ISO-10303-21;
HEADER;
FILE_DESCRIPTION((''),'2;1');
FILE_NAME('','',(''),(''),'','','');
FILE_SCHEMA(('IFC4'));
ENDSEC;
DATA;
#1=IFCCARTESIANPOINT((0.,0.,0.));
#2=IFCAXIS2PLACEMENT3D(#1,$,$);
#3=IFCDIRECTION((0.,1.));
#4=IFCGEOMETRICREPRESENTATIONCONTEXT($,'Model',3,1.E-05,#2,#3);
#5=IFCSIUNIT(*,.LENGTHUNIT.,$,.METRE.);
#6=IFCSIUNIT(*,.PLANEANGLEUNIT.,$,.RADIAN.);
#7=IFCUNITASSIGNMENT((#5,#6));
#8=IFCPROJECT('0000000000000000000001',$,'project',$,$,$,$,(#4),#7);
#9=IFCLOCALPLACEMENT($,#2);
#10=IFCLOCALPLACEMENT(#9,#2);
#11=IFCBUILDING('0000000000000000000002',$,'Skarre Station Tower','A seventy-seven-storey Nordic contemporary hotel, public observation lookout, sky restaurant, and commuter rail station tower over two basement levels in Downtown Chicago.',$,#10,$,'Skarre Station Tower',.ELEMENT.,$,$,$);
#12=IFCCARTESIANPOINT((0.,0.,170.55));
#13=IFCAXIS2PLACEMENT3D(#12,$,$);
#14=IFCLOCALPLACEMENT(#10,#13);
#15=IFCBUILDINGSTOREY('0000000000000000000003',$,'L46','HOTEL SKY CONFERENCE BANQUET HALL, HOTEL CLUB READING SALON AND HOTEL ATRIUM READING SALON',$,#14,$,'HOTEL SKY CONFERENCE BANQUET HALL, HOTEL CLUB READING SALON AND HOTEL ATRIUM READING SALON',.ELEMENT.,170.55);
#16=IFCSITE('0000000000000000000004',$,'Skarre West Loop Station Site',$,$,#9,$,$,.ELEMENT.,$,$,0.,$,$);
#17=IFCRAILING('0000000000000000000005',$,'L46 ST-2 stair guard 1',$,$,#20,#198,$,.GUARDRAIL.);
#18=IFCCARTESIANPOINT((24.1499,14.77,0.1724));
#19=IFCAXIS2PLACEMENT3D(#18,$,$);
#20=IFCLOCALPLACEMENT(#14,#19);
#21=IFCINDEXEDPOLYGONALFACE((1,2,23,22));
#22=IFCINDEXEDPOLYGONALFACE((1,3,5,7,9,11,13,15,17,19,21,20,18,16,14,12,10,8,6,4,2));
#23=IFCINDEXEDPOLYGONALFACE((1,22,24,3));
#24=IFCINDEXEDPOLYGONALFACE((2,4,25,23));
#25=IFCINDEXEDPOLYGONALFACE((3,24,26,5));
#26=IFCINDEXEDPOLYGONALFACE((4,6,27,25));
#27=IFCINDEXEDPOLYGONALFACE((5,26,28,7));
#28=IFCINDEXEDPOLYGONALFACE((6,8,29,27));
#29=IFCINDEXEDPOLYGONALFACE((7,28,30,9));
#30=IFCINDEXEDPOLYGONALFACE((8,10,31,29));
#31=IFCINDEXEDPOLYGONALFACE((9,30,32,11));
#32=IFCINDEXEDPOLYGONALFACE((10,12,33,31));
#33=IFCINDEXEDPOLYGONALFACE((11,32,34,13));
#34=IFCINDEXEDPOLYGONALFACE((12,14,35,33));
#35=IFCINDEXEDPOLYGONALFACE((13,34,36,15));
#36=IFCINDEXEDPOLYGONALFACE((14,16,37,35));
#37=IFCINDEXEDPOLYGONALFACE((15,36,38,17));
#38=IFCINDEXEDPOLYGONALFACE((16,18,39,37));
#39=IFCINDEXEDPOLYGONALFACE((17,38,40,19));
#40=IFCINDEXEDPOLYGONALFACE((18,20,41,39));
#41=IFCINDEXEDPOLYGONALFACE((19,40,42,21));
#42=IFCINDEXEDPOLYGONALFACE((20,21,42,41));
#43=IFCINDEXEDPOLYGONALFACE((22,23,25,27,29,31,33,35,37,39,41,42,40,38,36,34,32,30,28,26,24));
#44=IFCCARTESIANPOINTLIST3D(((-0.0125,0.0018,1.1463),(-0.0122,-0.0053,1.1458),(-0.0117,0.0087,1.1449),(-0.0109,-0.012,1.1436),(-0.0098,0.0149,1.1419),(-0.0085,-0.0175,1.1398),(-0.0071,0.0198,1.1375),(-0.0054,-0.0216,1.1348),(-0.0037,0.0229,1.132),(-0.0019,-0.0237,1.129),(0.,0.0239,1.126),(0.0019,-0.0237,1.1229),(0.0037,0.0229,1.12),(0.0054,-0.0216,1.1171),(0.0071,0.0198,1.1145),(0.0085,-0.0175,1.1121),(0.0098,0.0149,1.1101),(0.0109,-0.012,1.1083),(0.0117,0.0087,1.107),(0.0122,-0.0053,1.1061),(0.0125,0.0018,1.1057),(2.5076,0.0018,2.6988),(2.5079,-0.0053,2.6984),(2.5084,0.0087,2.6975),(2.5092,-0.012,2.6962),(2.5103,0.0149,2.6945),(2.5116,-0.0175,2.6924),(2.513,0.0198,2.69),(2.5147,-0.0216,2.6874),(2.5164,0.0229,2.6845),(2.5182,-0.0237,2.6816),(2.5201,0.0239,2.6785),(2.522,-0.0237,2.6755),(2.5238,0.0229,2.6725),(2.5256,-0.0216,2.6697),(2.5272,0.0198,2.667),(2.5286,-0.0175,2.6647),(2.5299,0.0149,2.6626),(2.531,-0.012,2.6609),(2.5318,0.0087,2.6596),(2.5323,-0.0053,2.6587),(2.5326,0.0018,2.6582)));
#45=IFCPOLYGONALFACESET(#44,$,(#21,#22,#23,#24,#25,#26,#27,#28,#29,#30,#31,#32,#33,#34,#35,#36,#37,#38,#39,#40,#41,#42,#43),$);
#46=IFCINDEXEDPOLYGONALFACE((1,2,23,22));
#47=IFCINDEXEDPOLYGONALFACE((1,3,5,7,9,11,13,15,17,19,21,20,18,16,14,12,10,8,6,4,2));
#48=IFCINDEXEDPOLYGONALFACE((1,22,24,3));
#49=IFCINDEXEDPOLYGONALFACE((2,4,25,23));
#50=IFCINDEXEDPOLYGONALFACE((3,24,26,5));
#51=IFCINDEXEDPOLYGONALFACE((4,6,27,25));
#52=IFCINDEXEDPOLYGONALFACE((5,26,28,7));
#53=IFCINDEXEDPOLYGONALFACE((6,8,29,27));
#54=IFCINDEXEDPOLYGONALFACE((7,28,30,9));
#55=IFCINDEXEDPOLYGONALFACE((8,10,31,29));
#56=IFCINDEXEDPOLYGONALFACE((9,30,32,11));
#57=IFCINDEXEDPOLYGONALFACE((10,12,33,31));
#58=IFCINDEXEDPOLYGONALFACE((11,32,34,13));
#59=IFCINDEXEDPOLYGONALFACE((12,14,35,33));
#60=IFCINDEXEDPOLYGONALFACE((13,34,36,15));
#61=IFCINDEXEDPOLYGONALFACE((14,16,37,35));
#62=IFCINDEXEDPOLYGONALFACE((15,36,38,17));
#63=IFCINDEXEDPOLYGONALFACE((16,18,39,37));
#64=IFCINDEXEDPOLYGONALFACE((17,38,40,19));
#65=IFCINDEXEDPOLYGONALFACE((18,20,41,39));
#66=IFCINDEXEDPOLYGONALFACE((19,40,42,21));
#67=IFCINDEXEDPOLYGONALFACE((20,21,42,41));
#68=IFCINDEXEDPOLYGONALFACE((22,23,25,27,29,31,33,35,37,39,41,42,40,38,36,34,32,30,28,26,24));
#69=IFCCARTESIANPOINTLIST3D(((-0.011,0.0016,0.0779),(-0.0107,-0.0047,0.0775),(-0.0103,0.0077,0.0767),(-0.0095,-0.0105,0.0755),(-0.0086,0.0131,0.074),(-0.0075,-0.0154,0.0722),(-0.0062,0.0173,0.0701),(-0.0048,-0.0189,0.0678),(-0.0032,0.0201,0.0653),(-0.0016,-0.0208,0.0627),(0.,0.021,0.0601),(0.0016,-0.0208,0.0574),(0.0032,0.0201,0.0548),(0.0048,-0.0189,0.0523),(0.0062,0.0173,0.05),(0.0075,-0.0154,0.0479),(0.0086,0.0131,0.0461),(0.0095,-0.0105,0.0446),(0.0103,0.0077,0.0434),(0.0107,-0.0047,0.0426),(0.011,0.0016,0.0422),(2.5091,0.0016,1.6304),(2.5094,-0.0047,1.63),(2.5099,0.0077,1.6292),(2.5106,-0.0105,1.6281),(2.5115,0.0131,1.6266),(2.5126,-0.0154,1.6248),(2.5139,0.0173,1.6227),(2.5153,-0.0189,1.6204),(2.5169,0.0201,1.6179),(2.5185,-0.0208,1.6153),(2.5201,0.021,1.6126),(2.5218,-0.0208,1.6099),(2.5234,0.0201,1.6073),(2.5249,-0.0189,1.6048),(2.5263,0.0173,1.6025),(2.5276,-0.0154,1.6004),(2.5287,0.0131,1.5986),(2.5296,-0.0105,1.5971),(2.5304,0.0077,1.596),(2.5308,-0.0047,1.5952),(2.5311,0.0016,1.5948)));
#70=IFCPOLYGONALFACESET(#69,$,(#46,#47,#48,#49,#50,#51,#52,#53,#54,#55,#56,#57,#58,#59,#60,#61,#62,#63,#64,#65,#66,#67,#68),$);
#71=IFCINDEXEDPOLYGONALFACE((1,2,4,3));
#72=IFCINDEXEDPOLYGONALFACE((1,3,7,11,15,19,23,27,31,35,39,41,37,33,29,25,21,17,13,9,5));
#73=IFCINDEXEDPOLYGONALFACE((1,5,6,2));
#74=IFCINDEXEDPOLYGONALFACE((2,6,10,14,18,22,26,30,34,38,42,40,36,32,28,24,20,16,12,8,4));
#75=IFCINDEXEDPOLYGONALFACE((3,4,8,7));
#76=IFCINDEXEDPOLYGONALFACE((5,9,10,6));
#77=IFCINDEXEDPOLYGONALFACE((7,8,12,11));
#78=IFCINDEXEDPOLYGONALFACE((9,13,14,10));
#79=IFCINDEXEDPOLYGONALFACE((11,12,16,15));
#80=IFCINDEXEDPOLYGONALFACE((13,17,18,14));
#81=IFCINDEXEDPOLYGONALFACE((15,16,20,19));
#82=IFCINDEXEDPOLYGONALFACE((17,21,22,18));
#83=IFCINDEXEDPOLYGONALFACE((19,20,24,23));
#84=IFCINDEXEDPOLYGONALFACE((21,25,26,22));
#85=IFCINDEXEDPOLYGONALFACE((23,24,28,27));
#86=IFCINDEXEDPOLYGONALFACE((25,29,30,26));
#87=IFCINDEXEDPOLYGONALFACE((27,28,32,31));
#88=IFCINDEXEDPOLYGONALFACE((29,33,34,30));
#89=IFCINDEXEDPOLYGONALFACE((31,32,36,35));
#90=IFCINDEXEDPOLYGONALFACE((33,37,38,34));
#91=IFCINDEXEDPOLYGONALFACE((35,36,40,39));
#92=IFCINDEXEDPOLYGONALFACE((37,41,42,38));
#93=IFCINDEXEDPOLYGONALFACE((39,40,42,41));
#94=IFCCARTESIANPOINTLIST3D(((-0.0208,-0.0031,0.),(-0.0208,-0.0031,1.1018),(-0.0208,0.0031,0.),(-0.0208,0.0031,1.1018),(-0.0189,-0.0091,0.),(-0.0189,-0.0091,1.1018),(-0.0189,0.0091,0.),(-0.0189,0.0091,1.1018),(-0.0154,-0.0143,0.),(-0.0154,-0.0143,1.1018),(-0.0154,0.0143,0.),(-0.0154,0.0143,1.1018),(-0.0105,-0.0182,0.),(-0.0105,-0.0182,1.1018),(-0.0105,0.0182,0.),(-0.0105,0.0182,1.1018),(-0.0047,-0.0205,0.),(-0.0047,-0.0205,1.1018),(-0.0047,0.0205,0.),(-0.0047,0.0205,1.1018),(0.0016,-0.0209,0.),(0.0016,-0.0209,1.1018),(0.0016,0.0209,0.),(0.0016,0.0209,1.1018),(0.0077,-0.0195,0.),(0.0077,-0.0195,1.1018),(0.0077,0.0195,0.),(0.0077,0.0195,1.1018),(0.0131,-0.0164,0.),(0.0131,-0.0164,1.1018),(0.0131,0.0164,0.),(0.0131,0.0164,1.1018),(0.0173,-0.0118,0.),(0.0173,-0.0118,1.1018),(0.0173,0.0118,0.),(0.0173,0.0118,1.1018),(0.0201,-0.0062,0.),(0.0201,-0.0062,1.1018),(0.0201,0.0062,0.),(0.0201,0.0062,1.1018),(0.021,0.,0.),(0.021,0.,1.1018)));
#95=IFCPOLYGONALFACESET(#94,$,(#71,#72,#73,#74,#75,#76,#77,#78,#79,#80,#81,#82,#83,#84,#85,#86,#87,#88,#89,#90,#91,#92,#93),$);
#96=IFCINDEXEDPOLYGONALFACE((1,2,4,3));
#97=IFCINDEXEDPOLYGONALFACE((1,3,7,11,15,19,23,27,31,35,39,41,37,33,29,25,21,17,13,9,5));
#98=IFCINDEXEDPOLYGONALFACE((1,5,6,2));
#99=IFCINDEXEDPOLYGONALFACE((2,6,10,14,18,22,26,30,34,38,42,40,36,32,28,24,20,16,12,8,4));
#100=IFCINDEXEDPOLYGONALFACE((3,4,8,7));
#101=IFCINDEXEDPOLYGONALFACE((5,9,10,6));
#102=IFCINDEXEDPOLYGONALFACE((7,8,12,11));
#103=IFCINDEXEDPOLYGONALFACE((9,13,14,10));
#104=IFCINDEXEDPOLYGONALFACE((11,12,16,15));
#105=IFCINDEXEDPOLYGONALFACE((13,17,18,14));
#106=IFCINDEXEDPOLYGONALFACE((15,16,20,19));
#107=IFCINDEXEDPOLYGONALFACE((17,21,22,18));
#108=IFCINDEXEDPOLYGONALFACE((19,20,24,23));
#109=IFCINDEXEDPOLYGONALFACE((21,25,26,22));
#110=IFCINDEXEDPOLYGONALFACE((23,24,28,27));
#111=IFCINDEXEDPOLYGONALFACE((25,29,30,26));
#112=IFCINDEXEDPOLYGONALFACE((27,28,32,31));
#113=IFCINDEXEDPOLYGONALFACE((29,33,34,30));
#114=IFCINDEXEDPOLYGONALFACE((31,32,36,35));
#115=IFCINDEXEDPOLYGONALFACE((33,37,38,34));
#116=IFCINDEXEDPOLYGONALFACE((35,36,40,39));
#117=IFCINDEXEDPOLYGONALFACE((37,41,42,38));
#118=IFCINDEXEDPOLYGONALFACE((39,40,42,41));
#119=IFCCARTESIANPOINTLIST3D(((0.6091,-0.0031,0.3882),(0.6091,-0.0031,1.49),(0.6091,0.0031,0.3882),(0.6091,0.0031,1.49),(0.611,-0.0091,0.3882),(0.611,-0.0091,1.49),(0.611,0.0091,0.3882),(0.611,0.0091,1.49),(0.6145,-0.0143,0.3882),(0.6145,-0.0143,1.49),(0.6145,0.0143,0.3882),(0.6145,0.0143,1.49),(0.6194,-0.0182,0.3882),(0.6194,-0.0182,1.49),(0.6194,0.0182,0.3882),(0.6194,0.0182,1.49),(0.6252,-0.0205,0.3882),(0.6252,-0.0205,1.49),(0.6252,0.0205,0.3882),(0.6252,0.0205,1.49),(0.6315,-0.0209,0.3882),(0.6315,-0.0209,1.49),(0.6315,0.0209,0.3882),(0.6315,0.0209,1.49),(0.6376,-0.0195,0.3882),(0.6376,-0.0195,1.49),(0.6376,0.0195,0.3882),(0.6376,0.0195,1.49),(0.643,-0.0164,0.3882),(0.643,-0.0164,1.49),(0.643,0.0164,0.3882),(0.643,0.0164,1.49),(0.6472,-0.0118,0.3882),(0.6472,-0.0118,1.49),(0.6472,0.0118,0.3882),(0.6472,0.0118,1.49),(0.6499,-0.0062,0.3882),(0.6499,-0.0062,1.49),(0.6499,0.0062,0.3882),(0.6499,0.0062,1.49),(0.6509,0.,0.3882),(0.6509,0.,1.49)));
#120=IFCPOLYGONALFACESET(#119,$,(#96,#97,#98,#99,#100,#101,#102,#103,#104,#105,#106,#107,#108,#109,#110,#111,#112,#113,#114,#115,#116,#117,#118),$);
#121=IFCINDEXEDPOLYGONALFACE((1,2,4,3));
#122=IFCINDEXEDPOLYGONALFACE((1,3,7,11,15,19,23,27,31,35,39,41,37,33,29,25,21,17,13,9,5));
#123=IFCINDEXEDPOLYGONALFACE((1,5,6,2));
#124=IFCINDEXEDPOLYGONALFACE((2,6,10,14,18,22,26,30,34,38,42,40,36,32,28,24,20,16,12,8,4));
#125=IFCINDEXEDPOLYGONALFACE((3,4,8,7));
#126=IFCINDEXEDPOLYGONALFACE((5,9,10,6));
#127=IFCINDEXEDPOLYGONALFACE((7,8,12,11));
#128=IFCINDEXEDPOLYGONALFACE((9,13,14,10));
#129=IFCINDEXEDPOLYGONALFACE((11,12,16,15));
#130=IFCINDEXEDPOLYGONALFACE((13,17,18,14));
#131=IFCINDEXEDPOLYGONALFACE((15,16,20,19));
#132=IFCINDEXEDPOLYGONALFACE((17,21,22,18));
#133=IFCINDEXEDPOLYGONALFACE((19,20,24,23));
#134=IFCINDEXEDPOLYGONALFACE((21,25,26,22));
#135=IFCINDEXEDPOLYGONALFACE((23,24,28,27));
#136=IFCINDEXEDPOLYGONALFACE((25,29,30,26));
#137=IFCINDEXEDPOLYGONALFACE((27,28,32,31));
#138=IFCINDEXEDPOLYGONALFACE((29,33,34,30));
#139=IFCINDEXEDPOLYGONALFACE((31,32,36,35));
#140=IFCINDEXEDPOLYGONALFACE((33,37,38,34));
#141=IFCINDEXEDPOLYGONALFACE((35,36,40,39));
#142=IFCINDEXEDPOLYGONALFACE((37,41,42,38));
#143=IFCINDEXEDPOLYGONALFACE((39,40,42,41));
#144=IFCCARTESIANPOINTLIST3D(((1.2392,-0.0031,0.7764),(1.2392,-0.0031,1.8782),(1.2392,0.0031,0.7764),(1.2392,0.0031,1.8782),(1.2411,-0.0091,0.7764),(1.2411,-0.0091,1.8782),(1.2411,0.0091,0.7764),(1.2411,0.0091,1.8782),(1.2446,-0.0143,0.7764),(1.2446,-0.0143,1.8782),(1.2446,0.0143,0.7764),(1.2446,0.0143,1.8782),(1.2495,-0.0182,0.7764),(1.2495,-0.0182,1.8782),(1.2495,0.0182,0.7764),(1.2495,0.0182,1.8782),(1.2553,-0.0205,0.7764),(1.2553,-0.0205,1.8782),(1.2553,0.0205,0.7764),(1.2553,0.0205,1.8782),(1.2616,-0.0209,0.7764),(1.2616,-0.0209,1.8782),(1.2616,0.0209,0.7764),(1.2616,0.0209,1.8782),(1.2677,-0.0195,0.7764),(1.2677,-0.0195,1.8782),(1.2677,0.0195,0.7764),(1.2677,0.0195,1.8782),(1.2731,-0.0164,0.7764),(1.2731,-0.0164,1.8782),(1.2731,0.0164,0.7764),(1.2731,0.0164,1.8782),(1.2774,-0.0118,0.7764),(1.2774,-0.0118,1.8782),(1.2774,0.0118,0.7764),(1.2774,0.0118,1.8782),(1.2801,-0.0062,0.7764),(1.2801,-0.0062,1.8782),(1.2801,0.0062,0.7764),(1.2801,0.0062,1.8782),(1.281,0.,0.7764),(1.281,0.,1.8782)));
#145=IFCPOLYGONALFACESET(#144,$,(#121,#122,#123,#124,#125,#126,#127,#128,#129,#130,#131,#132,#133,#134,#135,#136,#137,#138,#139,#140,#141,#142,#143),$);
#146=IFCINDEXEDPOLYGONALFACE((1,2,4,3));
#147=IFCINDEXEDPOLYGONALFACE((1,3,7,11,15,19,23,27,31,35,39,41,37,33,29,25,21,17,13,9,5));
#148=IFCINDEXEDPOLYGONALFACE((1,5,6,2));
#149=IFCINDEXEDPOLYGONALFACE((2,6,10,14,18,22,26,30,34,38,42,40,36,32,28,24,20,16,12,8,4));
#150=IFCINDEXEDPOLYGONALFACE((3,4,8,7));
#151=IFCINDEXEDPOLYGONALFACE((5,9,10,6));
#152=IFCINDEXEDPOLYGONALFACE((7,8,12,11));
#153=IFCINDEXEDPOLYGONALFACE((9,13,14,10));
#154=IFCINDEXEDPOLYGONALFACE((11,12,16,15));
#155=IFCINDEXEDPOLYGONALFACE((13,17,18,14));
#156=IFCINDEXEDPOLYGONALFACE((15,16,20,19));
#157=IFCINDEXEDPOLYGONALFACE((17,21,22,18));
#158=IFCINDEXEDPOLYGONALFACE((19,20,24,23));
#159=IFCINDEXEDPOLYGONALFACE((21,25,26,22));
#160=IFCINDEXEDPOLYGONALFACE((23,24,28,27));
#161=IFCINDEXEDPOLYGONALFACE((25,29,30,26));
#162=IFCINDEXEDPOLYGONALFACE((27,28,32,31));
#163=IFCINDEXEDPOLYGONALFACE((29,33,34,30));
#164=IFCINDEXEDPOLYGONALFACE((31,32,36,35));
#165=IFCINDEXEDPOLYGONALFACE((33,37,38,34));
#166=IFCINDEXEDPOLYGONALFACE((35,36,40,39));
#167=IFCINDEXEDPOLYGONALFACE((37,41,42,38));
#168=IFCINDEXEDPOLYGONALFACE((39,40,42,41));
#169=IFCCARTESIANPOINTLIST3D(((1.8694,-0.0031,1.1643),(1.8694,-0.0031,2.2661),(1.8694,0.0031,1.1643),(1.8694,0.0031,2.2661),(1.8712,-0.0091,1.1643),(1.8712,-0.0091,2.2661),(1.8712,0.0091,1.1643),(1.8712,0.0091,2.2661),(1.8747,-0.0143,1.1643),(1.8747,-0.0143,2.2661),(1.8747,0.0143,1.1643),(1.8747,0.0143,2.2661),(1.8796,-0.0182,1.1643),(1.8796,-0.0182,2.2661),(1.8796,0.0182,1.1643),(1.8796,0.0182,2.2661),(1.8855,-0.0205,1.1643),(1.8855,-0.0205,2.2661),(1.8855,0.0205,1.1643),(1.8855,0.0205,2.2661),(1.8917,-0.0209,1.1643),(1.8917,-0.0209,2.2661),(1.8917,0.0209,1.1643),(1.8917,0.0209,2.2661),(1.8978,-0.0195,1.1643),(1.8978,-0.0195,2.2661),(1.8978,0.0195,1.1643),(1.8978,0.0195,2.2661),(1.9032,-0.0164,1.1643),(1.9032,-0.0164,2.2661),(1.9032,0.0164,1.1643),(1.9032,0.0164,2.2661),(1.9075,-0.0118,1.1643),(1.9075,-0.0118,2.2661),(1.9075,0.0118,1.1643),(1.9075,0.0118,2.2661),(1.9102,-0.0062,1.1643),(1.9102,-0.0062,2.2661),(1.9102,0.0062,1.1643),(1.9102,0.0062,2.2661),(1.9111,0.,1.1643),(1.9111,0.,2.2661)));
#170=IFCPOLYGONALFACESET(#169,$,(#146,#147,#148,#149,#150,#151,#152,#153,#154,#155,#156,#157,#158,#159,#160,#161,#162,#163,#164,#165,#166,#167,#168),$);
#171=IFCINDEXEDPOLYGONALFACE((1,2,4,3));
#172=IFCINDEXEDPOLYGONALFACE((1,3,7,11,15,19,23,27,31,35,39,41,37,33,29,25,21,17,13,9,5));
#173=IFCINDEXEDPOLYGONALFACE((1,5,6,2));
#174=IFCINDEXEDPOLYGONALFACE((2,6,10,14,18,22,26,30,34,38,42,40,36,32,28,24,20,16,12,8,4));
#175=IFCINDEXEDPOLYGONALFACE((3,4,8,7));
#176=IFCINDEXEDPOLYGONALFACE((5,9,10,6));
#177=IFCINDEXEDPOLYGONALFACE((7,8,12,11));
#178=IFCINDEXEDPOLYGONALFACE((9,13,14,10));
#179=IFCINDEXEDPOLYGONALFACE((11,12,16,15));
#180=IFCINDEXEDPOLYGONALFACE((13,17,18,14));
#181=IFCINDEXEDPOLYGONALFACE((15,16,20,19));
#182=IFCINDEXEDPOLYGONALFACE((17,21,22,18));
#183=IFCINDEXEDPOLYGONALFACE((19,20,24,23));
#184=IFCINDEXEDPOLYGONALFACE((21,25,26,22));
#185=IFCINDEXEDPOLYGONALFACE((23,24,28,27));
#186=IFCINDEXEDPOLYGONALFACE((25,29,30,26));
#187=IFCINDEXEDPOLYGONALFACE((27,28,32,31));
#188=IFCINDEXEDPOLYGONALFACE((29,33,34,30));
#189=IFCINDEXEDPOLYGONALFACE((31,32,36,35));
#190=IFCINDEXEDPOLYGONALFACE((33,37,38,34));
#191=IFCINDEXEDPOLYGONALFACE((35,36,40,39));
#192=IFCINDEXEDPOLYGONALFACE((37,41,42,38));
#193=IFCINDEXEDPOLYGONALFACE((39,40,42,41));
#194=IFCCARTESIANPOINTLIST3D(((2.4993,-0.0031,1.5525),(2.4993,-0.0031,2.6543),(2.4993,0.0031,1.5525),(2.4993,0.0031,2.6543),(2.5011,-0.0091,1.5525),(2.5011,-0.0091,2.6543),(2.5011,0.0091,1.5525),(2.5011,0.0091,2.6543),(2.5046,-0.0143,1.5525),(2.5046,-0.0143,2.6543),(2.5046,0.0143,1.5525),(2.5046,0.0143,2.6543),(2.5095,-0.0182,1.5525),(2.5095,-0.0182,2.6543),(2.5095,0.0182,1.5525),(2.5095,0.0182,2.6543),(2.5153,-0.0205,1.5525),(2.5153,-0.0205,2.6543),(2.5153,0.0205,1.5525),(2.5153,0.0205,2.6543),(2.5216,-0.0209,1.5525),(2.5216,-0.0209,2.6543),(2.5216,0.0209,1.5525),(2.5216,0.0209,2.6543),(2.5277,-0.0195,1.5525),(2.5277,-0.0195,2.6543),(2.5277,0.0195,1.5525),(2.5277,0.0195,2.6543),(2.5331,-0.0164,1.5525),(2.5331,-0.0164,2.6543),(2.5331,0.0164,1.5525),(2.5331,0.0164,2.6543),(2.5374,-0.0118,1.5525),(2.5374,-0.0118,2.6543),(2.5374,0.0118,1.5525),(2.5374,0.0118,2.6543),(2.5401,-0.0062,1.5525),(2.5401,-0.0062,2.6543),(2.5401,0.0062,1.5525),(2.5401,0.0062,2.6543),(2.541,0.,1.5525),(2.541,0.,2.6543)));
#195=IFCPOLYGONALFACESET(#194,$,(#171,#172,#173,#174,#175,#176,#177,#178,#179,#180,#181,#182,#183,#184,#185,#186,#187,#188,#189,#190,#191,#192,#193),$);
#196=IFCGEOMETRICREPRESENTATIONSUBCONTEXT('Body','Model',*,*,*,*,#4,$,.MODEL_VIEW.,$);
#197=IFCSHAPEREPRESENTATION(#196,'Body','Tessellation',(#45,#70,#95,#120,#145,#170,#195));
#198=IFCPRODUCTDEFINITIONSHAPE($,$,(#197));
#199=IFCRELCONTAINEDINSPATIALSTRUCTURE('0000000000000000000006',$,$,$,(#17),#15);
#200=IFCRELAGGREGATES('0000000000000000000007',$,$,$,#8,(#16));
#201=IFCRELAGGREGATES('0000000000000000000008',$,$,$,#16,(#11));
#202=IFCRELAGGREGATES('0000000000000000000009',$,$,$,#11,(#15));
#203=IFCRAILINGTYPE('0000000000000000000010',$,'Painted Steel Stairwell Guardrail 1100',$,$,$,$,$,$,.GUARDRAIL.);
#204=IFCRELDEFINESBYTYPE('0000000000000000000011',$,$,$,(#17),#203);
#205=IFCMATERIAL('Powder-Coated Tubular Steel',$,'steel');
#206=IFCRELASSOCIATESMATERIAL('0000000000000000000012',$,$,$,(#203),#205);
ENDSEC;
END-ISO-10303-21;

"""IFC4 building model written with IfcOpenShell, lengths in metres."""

from ifc_helpers import new_model, si_unit, direction, frame, origin, origin_2d, place, context, subcontext, project, spatial, circle, extrude, material, type_object, element, save


model = new_model("IFC4")

# Units and contexts
model_context = context("Model", 3, precision=1e-05, world=origin(), true_north=direction((0.0, 1.0)))
body_context = subcontext(model_context, "Body", "Model", "MODEL_VIEW")
ifc_project = project(units=[si_unit("LENGTHUNIT", "METRE"), si_unit("PLANEANGLEUNIT", "RADIAN")], contexts=[model_context])

# Site, building, storey
site_placement = place(None, origin())
site = spatial("IfcSite", under=ifc_project, at=site_placement, Name="Skarre West Loop Station Site", CompositionType="ELEMENT", RefElevation=0.0)
building_placement = place(site_placement, origin())
building = spatial("IfcBuilding", under=site, at=building_placement, Name="Skarre Station Tower", Description="A seventy-seven-storey Nordic contemporary hotel, public observation lookout, sky restaurant, and commuter rail station tower over two basement levels in Downtown Chicago.", LongName="Skarre Station Tower", CompositionType="ELEMENT")
storey_placement = place(building_placement, frame((0.0, 0.0, 170.55)))
storey = spatial("IfcBuildingStorey", under=building, at=storey_placement, Name="L46", Description="HOTEL SKY CONFERENCE BANQUET HALL, HOTEL CLUB READING SALON AND HOTEL ATRIUM READING SALON", LongName="HOTEL SKY CONFERENCE BANQUET HALL, HOTEL CLUB READING SALON AND HOTEL ATRIUM READING SALON", CompositionType="ELEMENT", Elevation=170.55)

# Railing
ifc_material_1 = material(Name="Powder-Coated Tubular Steel", Category="steel")
railing_type_1 = type_object("IfcRailingType", Name="Painted Steel Stairwell Guardrail 1100", PredefinedType="GUARDRAIL", material=ifc_material_1)
railing_1_placement = place(storey_placement, frame((24.1499, 14.77, 0.1724)))
element("IfcRailing", 1, at=railing_1_placement, inside=storey, type_object=railing_type_1, Name="L46 ST-2 stair guard 1", PredefinedType="GUARDRAIL", context=body_context, shape_type="SweptSolid", body=[
    extrude(circle(Radius=0.0239, at=origin_2d()), frame((0.0, 0.0, 1.126), z_axis=(0.8514, 0.0, 0.524516), x_axis=(0.0, 1.0, 0.0)), (0.0, 0.0, 1.0), 2.96),
    extrude(circle(Radius=0.021, at=origin_2d()), frame((0.0, 0.0, 0.0601), z_axis=(0.8514, 0.0, 0.524516), x_axis=(0.0, 1.0, 0.0)), (0.0, 0.0, 1.0), 2.96),
    extrude(circle(Radius=0.021, at=origin_2d()), origin(), (0.0, 0.0, 1.0), 1.1018),
    extrude(circle(Radius=0.021, at=origin_2d()), frame((0.6299, 0.0, 0.3882)), (0.0, 0.0, 1.0), 1.1018),
    extrude(circle(Radius=0.021, at=origin_2d()), frame((1.26, 0.0, 0.7764)), (0.0, 0.0, 1.0), 1.1018),
    extrude(circle(Radius=0.021, at=origin_2d()), frame((1.8901, 0.0, 1.1643)), (0.0, 0.0, 1.0), 1.1018),
    extrude(circle(Radius=0.021, at=origin_2d()), frame((2.52, 0.0, 1.5525)), (0.0, 0.0, 1.0), 1.1018),
])

save(model, "model.ifc")
